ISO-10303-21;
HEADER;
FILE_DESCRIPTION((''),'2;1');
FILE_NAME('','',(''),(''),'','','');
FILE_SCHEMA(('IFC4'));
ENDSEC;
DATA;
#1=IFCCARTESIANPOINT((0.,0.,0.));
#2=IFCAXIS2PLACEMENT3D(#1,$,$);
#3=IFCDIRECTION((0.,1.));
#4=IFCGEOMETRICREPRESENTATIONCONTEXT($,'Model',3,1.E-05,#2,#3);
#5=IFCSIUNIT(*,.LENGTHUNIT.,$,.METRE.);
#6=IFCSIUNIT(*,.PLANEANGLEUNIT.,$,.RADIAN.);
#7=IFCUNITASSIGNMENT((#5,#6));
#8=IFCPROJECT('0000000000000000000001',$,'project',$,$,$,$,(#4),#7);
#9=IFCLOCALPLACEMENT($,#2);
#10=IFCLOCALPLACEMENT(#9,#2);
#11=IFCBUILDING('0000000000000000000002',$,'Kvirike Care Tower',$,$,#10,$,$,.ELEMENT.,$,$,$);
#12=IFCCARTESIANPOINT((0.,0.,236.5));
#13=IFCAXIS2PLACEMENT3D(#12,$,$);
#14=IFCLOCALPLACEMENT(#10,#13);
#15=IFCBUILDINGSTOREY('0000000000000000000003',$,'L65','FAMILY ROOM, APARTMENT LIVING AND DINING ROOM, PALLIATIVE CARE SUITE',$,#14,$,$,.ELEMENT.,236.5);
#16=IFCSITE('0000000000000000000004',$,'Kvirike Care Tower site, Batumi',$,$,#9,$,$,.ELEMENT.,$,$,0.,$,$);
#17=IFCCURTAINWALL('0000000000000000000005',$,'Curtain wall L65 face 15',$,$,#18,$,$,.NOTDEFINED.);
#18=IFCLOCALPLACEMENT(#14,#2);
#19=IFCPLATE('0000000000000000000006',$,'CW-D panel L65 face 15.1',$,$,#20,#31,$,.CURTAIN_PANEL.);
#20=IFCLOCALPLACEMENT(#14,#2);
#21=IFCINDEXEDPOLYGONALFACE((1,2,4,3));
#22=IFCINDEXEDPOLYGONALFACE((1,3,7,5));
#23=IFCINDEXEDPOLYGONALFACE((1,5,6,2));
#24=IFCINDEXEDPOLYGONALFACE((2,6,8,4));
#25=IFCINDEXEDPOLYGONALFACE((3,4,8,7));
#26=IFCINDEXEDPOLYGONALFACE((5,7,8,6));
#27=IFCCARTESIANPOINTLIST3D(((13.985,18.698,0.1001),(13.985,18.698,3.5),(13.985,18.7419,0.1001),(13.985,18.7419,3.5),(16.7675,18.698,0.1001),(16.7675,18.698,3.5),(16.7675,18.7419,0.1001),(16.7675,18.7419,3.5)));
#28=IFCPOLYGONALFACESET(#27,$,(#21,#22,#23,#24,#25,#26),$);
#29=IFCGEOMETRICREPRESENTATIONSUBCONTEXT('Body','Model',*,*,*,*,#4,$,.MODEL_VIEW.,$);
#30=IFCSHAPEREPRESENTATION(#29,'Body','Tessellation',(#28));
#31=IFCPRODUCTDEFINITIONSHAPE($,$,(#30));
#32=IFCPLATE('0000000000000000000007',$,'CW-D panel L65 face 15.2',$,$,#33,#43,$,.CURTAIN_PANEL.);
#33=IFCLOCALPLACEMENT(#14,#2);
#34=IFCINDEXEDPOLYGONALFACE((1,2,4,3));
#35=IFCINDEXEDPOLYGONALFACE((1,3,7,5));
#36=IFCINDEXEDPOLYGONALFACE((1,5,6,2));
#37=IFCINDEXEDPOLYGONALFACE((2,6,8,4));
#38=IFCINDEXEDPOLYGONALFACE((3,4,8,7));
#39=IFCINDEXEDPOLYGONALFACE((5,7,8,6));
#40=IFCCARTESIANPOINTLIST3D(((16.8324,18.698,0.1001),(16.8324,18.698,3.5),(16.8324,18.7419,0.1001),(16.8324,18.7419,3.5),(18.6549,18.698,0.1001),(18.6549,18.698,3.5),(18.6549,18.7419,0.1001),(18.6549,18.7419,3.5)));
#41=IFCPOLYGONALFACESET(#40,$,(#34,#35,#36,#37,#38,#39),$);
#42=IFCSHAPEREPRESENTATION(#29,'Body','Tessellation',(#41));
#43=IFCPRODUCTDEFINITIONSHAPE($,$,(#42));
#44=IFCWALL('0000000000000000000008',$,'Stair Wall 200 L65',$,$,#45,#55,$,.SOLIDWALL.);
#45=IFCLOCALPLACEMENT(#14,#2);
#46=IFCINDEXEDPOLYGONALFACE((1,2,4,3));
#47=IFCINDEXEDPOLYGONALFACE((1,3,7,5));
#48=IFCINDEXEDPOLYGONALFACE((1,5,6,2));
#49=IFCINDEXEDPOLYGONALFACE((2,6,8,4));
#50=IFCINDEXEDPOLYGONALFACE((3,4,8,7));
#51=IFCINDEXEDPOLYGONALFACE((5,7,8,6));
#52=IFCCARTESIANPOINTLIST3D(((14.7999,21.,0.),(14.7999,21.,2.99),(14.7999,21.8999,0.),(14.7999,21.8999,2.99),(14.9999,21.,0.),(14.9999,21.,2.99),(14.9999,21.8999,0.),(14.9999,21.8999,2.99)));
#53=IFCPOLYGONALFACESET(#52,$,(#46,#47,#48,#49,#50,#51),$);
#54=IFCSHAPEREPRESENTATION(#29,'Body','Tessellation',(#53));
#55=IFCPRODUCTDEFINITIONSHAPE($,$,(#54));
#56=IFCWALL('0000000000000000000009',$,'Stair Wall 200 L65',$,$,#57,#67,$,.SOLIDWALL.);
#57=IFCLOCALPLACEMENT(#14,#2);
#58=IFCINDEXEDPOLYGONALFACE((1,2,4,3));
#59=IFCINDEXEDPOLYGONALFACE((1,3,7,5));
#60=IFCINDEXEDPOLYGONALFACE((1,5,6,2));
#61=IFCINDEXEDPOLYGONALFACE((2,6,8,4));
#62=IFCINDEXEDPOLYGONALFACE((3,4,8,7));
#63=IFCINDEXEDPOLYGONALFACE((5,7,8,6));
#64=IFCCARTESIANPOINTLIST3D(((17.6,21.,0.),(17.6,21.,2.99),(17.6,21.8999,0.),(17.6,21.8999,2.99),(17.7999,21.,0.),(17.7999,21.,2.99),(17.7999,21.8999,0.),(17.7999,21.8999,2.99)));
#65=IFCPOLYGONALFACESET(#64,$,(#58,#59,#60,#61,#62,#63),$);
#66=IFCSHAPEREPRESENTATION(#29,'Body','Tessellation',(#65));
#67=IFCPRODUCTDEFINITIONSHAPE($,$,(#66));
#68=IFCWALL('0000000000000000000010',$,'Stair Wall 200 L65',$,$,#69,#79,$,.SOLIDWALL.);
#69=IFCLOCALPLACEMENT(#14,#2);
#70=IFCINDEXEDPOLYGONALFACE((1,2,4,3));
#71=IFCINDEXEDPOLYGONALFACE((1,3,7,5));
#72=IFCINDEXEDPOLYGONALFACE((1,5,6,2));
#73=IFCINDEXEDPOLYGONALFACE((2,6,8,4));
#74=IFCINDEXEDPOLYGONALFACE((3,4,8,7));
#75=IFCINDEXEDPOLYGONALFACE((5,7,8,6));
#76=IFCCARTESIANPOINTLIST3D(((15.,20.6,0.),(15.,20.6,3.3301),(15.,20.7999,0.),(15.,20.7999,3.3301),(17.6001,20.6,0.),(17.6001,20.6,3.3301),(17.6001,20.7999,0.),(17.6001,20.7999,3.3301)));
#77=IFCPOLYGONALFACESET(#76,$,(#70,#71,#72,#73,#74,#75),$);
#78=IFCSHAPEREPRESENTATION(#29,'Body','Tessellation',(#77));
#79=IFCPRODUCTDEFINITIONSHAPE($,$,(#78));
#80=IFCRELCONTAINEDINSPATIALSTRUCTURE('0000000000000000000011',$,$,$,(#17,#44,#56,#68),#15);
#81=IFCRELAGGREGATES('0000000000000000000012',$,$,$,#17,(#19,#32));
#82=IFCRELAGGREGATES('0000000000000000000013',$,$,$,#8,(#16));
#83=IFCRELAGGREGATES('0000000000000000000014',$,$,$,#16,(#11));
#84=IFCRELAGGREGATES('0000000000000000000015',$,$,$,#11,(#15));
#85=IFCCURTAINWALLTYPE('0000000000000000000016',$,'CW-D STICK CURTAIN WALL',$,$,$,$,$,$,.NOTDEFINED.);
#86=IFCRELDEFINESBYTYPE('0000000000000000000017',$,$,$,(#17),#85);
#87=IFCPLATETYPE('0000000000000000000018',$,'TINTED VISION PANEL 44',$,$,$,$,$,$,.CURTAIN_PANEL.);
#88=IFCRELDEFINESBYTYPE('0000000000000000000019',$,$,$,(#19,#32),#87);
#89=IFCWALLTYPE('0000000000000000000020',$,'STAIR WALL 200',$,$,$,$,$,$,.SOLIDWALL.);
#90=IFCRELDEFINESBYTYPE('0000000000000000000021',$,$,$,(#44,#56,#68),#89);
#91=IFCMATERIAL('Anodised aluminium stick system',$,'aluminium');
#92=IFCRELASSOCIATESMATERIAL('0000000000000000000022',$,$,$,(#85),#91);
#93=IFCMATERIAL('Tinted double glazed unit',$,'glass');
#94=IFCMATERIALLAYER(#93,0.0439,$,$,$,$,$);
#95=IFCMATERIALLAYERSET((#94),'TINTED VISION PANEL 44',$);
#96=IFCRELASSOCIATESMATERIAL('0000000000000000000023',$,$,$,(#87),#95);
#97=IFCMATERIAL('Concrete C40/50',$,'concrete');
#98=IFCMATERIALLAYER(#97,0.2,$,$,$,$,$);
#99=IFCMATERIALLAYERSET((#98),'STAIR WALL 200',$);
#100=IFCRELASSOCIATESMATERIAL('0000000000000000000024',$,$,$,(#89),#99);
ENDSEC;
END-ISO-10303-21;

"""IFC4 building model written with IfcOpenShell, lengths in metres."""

from ifc_helpers import new_model, si_unit, direction, frame, frame_2d, origin, origin_2d, place, context, subcontext, project, spatial, rectangle, extrude, material, layer, layer_set, type_object, element, aggregate, save


model = new_model("IFC4")

# Units and contexts
model_context = context("Model", 3, precision=1e-05, world=origin(), true_north=direction((0.0, 1.0)))
body_context = subcontext(model_context, "Body", "Model", "MODEL_VIEW")
ifc_project = project(units=[si_unit("LENGTHUNIT", "METRE"), si_unit("PLANEANGLEUNIT", "RADIAN")], contexts=[model_context])

# Site, building, storey
site_placement = place(None, origin())
site = spatial("IfcSite", under=ifc_project, at=site_placement, Name="Kvirike Care Tower site, Batumi", CompositionType="ELEMENT", RefElevation=0.0)
building_placement = place(site_placement, origin())
building = spatial("IfcBuilding", under=site, at=building_placement, Name="Kvirike Care Tower", CompositionType="ELEMENT")
storey_placement = place(building_placement, frame((0.0, 0.0, 236.5)))
storey = spatial("IfcBuildingStorey", under=building, at=storey_placement, Name="L65", Description="FAMILY ROOM, APARTMENT LIVING AND DINING ROOM, PALLIATIVE CARE SUITE", CompositionType="ELEMENT", Elevation=236.5)

# Curtain wall
ifc_material_1 = material(Name="Anodised aluminium stick system", Category="aluminium")
curtain_wall_type = type_object("IfcCurtainWallType", Name="CW-D STICK CURTAIN WALL", PredefinedType="NOTDEFINED", material=ifc_material_1)
curtain_wall_1_placement = place(storey_placement, origin())
curtain_wall_1 = element("IfcCurtainWall", 1, at=curtain_wall_1_placement, inside=storey, type_object=curtain_wall_type, Name="Curtain wall L65 face 15", PredefinedType="NOTDEFINED")

# Plates
ifc_material_2 = material(Name="Tinted double glazed unit", Category="glass")
ifc_layer_1 = layer(ifc_material_2, 0.0439)
ifc_layer_set_1 = layer_set([ifc_layer_1], Name="TINTED VISION PANEL 44")
plate_type = type_object("IfcPlateType", Name="TINTED VISION PANEL 44", PredefinedType="CURTAIN_PANEL", material=ifc_layer_set_1)
plate_1_placement = place(storey_placement, frame((15.3762, 18.72, 0.1001), z_axis=(0.0, 0.0, 1.0), x_axis=(1.0, 0.0, 0.0)))
plate_1 = element("IfcPlate", 2, at=plate_1_placement, type_object=plate_type, Name="CW-D panel L65 face 15.1", PredefinedType="CURTAIN_PANEL", context=body_context, shape_type="SweptSolid", body=[
    extrude(rectangle(XDim=2.7825, YDim=0.0439, at=origin_2d()), origin(), (0.0, 0.0, 1.0), 3.3999),
])
plate_2_placement = place(storey_placement, frame((17.7437, 18.72, 0.1001), z_axis=(0.0, 0.0, 1.0), x_axis=(1.0, 0.0, 0.0)))
plate_2 = element("IfcPlate", 3, at=plate_2_placement, type_object=plate_type, Name="CW-D panel L65 face 15.2", PredefinedType="CURTAIN_PANEL", context=body_context, shape_type="SweptSolid", body=[
    extrude(rectangle(XDim=1.8225, YDim=0.0439, at=origin_2d()), origin(), (0.0, 0.0, 1.0), 3.3999),
])
aggregate(curtain_wall_1, [plate_1, plate_2])

# Walls
ifc_material_3 = material(Name="Concrete C40/50", Category="concrete")
ifc_layer_2 = layer(ifc_material_3, 0.2)
ifc_layer_set_2 = layer_set([ifc_layer_2], Name="STAIR WALL 200")
wall_type = type_object("IfcWallType", Name="STAIR WALL 200", PredefinedType="SOLIDWALL", material=ifc_layer_set_2)
for number, where, z_axis, x_axis, name in (
    (4, (14.8999, 21.0, 0.0), (0.0, 0.0, 1.0), (0.0, 1.0, 0.0), "Stair Wall 200 L65"),
    (5, (17.7, 21.0, 0.0), (0.0, 0.0, 1.0), (0.0, 1.0, 0.0), "Stair Wall 200 L65"),
):
    element("IfcWall", number, at=place(storey_placement, frame(where, z_axis=z_axis, x_axis=x_axis)), inside=storey, type_object=wall_type, Name=name, PredefinedType="SOLIDWALL", context=body_context, shape_type="SweptSolid", body=[
        extrude(rectangle(XDim=0.8999, YDim=0.2, at=frame_2d((0.45, 0.0))), origin(), (0.0, 0.0, 1.0), 2.99),
    ])
wall_placement = place(storey_placement, frame((15.0, 20.7, 0.0), z_axis=(0.0, 0.0, 1.0), x_axis=(1.0, 0.0, 0.0)))
element("IfcWall", 6, at=wall_placement, inside=storey, type_object=wall_type, Name="Stair Wall 200 L65", PredefinedType="SOLIDWALL", context=body_context, shape_type="SweptSolid", body=[
    extrude(rectangle(XDim=2.6001, YDim=0.2, at=frame_2d((1.3, 0.0))), origin(), (0.0, 0.0, 1.0), 3.3301),
])

save(model, "model.ifc")
